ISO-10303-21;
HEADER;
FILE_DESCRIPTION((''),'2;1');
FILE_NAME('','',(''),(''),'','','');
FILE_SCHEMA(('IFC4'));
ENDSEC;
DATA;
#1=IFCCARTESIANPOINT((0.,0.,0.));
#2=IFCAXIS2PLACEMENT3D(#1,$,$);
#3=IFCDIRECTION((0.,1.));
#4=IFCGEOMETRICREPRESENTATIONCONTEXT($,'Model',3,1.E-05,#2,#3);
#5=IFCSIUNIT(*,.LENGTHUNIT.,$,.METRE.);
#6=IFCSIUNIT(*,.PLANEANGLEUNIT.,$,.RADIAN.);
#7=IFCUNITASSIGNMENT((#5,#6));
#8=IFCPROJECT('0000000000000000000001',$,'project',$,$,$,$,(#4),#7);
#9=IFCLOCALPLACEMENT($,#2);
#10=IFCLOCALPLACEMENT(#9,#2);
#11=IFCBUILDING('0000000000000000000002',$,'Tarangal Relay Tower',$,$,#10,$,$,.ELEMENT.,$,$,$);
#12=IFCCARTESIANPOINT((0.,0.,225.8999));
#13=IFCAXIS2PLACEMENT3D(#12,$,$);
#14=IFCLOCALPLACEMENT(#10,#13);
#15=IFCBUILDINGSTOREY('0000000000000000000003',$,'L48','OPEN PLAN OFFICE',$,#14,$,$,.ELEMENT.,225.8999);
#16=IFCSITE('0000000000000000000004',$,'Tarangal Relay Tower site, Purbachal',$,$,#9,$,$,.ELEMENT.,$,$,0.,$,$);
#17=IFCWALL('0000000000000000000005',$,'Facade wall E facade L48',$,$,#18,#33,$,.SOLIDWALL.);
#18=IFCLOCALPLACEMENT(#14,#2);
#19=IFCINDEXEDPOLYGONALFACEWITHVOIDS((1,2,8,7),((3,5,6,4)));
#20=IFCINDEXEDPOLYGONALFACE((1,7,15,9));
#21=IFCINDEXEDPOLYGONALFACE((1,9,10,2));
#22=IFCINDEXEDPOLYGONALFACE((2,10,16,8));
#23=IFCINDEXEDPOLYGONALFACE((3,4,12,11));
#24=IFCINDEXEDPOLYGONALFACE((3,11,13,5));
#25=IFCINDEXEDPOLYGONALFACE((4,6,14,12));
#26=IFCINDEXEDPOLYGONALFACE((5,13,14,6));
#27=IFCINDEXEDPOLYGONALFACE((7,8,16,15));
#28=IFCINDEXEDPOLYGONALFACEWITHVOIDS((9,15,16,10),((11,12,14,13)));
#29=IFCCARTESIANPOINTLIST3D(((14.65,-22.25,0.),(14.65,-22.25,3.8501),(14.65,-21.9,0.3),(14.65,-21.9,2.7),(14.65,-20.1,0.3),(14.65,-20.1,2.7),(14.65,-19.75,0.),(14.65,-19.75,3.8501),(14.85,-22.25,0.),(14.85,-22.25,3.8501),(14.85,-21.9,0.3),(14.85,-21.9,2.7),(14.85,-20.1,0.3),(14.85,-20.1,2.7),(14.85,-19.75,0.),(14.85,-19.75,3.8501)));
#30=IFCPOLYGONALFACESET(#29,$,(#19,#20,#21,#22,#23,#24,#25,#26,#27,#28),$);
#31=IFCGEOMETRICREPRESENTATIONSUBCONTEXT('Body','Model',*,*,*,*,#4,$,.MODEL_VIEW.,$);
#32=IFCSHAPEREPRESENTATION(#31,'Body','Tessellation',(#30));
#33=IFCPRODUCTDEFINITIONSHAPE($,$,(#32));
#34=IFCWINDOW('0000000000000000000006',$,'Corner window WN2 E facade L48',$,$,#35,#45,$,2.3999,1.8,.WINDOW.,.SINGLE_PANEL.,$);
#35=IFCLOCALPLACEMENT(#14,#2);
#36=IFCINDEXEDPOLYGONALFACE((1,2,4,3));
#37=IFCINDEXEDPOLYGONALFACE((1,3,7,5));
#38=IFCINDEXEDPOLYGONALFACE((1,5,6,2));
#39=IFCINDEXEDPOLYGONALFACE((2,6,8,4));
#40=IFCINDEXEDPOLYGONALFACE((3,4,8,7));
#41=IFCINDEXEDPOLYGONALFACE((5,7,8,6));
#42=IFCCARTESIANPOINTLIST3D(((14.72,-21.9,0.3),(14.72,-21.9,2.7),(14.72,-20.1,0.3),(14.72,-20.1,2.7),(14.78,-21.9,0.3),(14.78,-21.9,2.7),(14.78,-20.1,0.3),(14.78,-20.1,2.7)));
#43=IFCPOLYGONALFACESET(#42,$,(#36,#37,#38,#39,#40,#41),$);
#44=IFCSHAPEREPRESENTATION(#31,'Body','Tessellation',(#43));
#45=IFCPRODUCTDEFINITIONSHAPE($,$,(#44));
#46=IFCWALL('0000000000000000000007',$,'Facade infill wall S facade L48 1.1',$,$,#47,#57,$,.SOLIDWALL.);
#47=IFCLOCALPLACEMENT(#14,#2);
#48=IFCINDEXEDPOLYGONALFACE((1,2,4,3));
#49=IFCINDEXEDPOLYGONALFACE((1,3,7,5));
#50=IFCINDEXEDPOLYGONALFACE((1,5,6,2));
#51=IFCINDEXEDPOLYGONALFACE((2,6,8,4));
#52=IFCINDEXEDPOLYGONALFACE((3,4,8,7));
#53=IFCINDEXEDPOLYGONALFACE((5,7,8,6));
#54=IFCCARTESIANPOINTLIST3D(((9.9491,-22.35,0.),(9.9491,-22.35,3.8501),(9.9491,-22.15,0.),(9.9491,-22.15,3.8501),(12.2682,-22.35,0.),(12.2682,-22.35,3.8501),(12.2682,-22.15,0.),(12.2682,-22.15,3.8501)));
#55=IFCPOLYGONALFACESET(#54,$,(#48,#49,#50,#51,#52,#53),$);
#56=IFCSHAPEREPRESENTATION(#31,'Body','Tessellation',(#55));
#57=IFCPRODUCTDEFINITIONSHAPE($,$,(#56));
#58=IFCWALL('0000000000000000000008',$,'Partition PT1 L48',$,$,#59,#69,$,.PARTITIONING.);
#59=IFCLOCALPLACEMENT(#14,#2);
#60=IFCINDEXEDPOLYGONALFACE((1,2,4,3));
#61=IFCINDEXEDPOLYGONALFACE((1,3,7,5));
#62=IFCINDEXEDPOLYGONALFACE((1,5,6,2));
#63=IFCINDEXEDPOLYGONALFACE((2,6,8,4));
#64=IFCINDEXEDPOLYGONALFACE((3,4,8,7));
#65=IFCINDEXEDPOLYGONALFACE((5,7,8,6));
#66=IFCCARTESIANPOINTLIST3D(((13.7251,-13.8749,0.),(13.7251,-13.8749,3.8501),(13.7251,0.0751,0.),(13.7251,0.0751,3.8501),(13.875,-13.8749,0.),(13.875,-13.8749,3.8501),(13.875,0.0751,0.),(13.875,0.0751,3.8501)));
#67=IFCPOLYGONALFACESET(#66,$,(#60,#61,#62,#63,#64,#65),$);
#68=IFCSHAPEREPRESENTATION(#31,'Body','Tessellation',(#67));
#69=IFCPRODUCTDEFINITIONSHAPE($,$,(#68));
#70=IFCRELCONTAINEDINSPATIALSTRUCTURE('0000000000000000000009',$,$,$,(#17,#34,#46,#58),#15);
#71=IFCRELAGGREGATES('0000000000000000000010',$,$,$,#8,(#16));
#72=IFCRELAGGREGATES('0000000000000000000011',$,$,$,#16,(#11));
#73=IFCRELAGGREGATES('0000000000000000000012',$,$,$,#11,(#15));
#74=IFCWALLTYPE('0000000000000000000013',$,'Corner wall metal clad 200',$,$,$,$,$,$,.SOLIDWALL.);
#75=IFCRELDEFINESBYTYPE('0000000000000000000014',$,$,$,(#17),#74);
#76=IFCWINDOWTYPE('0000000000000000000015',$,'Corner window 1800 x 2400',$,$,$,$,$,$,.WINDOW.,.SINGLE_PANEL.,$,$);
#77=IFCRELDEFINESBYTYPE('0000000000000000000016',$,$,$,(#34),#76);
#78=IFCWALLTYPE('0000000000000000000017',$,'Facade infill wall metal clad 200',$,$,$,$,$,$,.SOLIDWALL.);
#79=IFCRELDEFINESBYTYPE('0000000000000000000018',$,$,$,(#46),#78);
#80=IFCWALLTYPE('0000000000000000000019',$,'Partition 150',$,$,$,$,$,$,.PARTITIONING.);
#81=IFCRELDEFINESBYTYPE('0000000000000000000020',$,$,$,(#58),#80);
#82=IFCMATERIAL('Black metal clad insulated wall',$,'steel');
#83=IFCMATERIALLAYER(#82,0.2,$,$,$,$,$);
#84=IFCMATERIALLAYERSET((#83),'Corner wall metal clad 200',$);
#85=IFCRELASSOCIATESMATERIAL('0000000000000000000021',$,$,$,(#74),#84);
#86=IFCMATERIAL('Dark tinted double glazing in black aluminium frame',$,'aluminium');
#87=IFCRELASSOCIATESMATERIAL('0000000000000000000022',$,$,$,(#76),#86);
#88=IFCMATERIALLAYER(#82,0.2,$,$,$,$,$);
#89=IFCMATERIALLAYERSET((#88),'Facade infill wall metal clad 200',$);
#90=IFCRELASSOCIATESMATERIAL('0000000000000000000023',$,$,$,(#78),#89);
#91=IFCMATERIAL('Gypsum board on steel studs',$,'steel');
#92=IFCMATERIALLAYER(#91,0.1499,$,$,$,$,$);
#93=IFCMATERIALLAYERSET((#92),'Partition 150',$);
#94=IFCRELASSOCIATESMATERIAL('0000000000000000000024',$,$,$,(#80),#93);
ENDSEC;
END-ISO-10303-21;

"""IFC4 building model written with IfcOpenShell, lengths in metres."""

from ifc_helpers import new_model, si_unit, direction, frame, frame_2d, origin, place, context, subcontext, project, spatial, rectangle, extrude, material, layer, layer_set, type_object, element, fill, save


model = new_model("IFC4")

# Units and contexts
model_context = context("Model", 3, precision=1e-05, world=origin(), true_north=direction((0.0, 1.0)))
body_context = subcontext(model_context, "Body", "Model", "MODEL_VIEW")
ifc_project = project(units=[si_unit("LENGTHUNIT", "METRE"), si_unit("PLANEANGLEUNIT", "RADIAN")], contexts=[model_context])

# Site, building, storey
site_placement = place(None, origin())
site = spatial("IfcSite", under=ifc_project, at=site_placement, Name="Tarangal Relay Tower site, Purbachal", CompositionType="ELEMENT", RefElevation=0.0)
building_placement = place(site_placement, origin())
building = spatial("IfcBuilding", under=site, at=building_placement, Name="Tarangal Relay Tower", CompositionType="ELEMENT")
storey_placement = place(building_placement, frame((0.0, 0.0, 225.8999)))
storey = spatial("IfcBuildingStorey", under=building, at=storey_placement, Name="L48", Description="OPEN PLAN OFFICE", CompositionType="ELEMENT", Elevation=225.8999)

# Shared definitions
ifc_material_1 = material(Name="Black metal clad insulated wall", Category="steel")
ifc_layer_1 = layer(ifc_material_1, 0.2)
ifc_layer_set_1 = layer_set([ifc_layer_1], Name="Corner wall metal clad 200")
wall_type_1 = type_object("IfcWallType", Name="Corner wall metal clad 200", PredefinedType="SOLIDWALL", material=ifc_layer_set_1)

# Shared definitions
ifc_material_2 = material(Name="Dark tinted double glazing in black aluminium frame", Category="aluminium")
window_type = type_object("IfcWindowType", Name="Corner window 1800 x 2400", PartitioningType="SINGLE_PANEL", PredefinedType="WINDOW", material=ifc_material_2)

# Wall, opening, window
wall_1_placement = place(storey_placement, frame((14.75, -19.75, 0.0), z_axis=(0.0, 0.0, 1.0), x_axis=(0.0, -1.0, 0.0)))
wall_1 = element("IfcWall", 1, at=wall_1_placement, inside=storey, type_object=wall_type_1, Name="Facade wall E facade L48", PredefinedType="SOLIDWALL", context=body_context, shape_type="SweptSolid", body=[
    extrude(rectangle(XDim=2.5, YDim=0.2, at=frame_2d((1.25, 0.0))), origin(), (0.0, 0.0, 1.0), 3.8501),
])
opening_1_placement = place(wall_1_placement, frame((0.3501, 0.0, 0.3)))
opening_1 = element("IfcOpeningElement", 2, at=opening_1_placement, cuts=wall_1, PredefinedType="OPENING", context=body_context, shape_type="SweptSolid", body=[
    extrude(rectangle(XDim=1.8, YDim=2.3999, at=frame_2d((0.8999, 1.2))), frame((0.0, 0.1099, 0.0), z_axis=(0.0, -1.0, 0.0), x_axis=(1.0, 0.0, 0.0)), (0.0, 0.0, 1.0), 0.22),
])
window_1_placement = place(opening_1_placement, origin())
window_1 = element("IfcWindow", 3, at=window_1_placement, inside=storey, type_object=window_type, Name="Corner window WN2 E facade L48", OverallHeight=2.3999, OverallWidth=1.8, PartitioningType="SINGLE_PANEL", PredefinedType="WINDOW", context=body_context, shape_type="SweptSolid", body=[
    extrude(rectangle(XDim=1.8, YDim=2.3999, at=frame_2d((0.8999, 1.2))), frame((0.0, 0.03, 0.0), z_axis=(0.0, -1.0, 0.0), x_axis=(1.0, 0.0, 0.0)), (0.0, 0.0, 1.0), 0.0601),
])
fill(opening_1, window_1)

# Walls
ifc_layer_2 = layer(ifc_material_1, 0.2)
ifc_layer_set_2 = layer_set([ifc_layer_2], Name="Facade infill wall metal clad 200")
wall_type_2 = type_object("IfcWallType", Name="Facade infill wall metal clad 200", PredefinedType="SOLIDWALL", material=ifc_layer_set_2)
wall_2_placement = place(storey_placement, frame((12.2683, -22.25, 0.0), z_axis=(0.0, 0.0, 1.0), x_axis=(-1.0, 0.0, 0.0)))
element("IfcWall", 4, at=wall_2_placement, inside=storey, type_object=wall_type_2, Name="Facade infill wall S facade L48 1.1", PredefinedType="SOLIDWALL", context=body_context, shape_type="SweptSolid", body=[
    extrude(rectangle(XDim=2.3191, YDim=0.2, at=frame_2d((1.1597, 0.0))), origin(), (0.0, 0.0, 1.0), 3.8501),
])
ifc_material_3 = material(Name="Gypsum board on steel studs", Category="steel")
ifc_layer_3 = layer(ifc_material_3, 0.1499)
ifc_layer_set_3 = layer_set([ifc_layer_3], Name="Partition 150")
wall_type_3 = type_object("IfcWallType", Name="Partition 150", PredefinedType="PARTITIONING", material=ifc_layer_set_3)
wall_3_placement = place(storey_placement, frame((13.8, -13.875, 0.0), z_axis=(0.0, 0.0, 1.0), x_axis=(0.0, 1.0, 0.0)))
element("IfcWall", 5, at=wall_3_placement, inside=storey, type_object=wall_type_3, Name="Partition PT1 L48", PredefinedType="PARTITIONING", context=body_context, shape_type="SweptSolid", body=[
    extrude(rectangle(XDim=13.95, YDim=0.1499, at=frame_2d((6.9751, 0.0))), origin(), (0.0, 0.0, 1.0), 3.8501),
])

save(model, "model.ifc")
